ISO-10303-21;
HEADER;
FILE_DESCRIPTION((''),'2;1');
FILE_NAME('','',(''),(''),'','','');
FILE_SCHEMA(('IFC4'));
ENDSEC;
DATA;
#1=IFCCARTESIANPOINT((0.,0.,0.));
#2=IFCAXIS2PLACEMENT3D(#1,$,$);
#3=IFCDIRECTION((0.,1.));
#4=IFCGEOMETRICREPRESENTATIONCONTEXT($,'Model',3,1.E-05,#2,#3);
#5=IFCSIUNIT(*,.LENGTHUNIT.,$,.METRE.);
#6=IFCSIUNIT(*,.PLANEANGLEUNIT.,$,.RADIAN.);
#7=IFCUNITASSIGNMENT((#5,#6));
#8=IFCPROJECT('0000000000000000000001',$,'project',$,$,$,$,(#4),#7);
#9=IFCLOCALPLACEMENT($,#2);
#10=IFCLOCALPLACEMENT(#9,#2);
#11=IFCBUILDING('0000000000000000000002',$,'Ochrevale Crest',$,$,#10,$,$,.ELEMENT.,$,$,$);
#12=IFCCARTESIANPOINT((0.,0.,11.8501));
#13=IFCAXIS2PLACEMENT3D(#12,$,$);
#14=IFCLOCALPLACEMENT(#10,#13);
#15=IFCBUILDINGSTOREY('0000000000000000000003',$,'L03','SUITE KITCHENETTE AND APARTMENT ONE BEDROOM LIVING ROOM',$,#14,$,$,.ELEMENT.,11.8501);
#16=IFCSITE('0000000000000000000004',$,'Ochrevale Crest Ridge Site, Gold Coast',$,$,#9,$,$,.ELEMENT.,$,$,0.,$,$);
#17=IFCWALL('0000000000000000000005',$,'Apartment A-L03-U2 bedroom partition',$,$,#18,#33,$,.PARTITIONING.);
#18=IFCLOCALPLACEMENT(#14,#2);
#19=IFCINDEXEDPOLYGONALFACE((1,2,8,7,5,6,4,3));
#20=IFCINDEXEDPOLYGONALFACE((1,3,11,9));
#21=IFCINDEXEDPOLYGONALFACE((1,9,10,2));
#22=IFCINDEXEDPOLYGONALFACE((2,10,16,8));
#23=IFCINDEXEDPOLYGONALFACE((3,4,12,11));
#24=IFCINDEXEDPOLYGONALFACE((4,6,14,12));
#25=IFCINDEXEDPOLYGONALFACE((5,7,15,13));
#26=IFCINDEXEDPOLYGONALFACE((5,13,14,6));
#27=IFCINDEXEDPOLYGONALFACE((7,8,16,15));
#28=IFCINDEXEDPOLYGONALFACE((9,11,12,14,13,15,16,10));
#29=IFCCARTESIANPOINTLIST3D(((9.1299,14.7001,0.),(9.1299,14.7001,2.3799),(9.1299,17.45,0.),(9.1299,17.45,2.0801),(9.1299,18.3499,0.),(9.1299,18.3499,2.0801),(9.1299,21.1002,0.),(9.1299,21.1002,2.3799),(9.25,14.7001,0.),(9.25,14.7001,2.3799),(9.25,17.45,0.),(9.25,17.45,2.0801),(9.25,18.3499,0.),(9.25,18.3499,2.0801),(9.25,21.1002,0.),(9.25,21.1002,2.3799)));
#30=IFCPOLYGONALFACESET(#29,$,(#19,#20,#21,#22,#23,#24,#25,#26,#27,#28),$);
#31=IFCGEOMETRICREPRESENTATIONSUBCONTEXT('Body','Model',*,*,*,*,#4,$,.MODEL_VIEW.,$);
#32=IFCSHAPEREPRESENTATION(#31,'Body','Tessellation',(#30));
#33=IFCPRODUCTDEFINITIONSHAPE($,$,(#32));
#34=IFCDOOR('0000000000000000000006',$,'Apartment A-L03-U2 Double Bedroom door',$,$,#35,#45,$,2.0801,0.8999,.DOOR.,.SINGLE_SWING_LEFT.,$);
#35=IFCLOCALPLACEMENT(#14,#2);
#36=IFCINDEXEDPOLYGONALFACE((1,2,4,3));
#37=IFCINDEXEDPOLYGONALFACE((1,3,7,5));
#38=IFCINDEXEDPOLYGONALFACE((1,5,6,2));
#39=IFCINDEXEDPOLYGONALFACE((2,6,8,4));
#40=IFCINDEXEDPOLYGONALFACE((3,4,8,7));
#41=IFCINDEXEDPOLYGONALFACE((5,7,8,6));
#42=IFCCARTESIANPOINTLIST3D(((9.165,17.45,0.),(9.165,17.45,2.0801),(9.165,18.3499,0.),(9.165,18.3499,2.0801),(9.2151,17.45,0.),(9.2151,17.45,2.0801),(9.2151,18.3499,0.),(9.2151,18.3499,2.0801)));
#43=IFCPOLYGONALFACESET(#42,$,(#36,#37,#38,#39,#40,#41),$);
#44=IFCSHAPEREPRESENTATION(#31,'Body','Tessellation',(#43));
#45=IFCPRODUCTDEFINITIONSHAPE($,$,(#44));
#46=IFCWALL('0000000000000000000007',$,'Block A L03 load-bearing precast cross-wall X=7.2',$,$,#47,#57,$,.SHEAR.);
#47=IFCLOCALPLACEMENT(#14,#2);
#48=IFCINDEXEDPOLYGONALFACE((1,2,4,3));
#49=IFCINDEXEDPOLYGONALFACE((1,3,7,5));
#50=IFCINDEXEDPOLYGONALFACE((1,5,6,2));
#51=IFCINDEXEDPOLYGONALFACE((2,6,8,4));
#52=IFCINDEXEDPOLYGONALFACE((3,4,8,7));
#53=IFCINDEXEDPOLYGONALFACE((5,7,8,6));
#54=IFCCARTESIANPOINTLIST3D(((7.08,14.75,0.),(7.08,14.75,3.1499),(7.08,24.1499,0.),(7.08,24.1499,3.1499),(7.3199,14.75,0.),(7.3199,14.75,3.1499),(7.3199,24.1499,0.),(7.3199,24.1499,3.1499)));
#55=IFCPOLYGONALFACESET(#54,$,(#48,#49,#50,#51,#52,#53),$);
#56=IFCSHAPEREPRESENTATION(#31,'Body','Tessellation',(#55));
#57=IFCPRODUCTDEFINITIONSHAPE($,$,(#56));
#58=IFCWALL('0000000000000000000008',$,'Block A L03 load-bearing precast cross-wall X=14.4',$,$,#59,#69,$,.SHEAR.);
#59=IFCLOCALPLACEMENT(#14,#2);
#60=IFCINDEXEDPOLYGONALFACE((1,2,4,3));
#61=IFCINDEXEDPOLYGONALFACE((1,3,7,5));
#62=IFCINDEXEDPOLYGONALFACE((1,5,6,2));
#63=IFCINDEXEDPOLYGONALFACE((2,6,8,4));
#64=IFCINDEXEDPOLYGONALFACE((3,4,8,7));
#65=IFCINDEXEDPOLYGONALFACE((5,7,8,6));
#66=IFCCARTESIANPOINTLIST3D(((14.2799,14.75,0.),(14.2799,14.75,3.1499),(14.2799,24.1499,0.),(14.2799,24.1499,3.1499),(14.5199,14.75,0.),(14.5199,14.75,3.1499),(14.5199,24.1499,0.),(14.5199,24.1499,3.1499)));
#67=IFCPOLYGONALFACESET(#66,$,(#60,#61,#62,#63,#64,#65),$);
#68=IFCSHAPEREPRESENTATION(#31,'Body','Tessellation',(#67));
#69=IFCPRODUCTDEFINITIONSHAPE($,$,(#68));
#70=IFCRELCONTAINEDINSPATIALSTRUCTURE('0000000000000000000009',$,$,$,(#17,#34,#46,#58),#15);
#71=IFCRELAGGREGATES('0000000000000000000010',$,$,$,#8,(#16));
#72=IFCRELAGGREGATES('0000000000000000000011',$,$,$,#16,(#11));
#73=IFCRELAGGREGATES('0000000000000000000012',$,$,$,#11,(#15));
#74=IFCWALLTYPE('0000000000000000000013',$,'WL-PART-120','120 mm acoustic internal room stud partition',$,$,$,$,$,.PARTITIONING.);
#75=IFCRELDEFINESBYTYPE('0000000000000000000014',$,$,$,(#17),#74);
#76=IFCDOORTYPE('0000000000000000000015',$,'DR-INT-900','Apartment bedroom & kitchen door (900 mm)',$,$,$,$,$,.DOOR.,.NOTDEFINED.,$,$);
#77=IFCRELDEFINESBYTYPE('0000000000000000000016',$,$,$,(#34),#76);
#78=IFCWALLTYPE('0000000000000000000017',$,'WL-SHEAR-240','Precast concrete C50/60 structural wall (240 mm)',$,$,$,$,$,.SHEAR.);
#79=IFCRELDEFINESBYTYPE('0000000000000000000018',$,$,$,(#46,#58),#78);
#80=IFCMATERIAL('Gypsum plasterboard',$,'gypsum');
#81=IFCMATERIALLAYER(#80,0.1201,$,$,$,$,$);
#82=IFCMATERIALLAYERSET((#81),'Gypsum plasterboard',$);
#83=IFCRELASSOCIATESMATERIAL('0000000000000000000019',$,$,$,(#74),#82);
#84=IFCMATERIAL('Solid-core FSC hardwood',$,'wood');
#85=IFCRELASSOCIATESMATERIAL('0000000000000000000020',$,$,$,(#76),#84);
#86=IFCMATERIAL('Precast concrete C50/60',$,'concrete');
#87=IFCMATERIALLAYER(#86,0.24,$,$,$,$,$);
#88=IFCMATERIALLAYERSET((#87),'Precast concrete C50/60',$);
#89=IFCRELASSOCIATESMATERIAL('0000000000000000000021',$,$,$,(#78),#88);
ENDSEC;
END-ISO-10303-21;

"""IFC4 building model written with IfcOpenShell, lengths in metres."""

from ifc_helpers import new_model, si_unit, direction, frame, frame_2d, origin, place, context, subcontext, project, spatial, rectangle, extrude, material, layer, layer_set, type_object, element, fill, save


model = new_model("IFC4")

# Units and contexts
model_context = context("Model", 3, precision=1e-05, world=origin(), true_north=direction((0.0, 1.0)))
body_context = subcontext(model_context, "Body", "Model", "MODEL_VIEW")
ifc_project = project(units=[si_unit("LENGTHUNIT", "METRE"), si_unit("PLANEANGLEUNIT", "RADIAN")], contexts=[model_context])

# Site, building, storey
site_placement = place(None, origin())
site = spatial("IfcSite", under=ifc_project, at=site_placement, Name="Ochrevale Crest Ridge Site, Gold Coast", CompositionType="ELEMENT", RefElevation=0.0)
building_placement = place(site_placement, origin())
building = spatial("IfcBuilding", under=site, at=building_placement, Name="Ochrevale Crest", CompositionType="ELEMENT")
storey_placement = place(building_placement, frame((0.0, 0.0, 11.8501)))
storey = spatial("IfcBuildingStorey", under=building, at=storey_placement, Name="L03", Description="SUITE KITCHENETTE AND APARTMENT ONE BEDROOM LIVING ROOM", CompositionType="ELEMENT", Elevation=11.8501)

# Shared definitions
ifc_material_1 = material(Name="Precast concrete C50/60", Category="concrete")

# Wall, opening, door
ifc_material_2 = material(Name="Gypsum plasterboard", Category="gypsum")
ifc_layer_1 = layer(ifc_material_2, 0.1201)
ifc_layer_set_1 = layer_set([ifc_layer_1], Name="Gypsum plasterboard")
wall_type_1 = type_object("IfcWallType", Name="WL-PART-120", Description="120 mm acoustic internal room stud partition", PredefinedType="PARTITIONING", material=ifc_layer_set_1)
wall_placement = place(storey_placement, frame((9.1899, 14.7, 0.0), z_axis=(0.0, 0.0, 1.0), x_axis=(0.0, 1.0, 0.0)))
wall = element("IfcWall", 1, at=wall_placement, inside=storey, type_object=wall_type_1, Name="Apartment A-L03-U2 bedroom partition", PredefinedType="PARTITIONING", context=body_context, shape_type="SweptSolid", body=[
    extrude(rectangle(XDim=6.4001, YDim=0.1201, at=frame_2d((3.2002, 0.0))), origin(), (0.0, 0.0, 1.0), 2.3799),
])
opening_placement = place(wall_placement, frame((2.75, 0.0, 0.0)))
opening = element("IfcOpeningElement", 2, at=opening_placement, cuts=wall, PredefinedType="OPENING", context=body_context, shape_type="SweptSolid", body=[
    extrude(rectangle(XDim=0.8999, YDim=2.0801, at=frame_2d((0.45, 1.04))), frame((0.0, 0.0701, 0.0), z_axis=(0.0, -1.0, 0.0), x_axis=(1.0, 0.0, 0.0)), (0.0, 0.0, 1.0), 0.1401),
])
ifc_material_3 = material(Name="Solid-core FSC hardwood", Category="wood")
door_type = type_object("IfcDoorType", Name="DR-INT-900", Description="Apartment bedroom & kitchen door (900 mm)", OperationType="NOTDEFINED", PredefinedType="DOOR", material=ifc_material_3)
door_placement = place(opening_placement, origin())
door = element("IfcDoor", 3, at=door_placement, inside=storey, type_object=door_type, Name="Apartment A-L03-U2 Double Bedroom door", OperationType="SINGLE_SWING_LEFT", OverallHeight=2.0801, OverallWidth=0.8999, PredefinedType="DOOR", context=body_context, shape_type="SweptSolid", body=[
    extrude(rectangle(XDim=0.8999, YDim=2.0801, at=frame_2d((0.45, 1.04))), frame((0.0, 0.0249, 0.0), z_axis=(0.0, -1.0, 0.0), x_axis=(1.0, 0.0, 0.0)), (0.0, 0.0, 1.0), 0.05),
])
fill(opening, door)

# Walls
ifc_layer_2 = layer(ifc_material_1, 0.24)
ifc_layer_set_2 = layer_set([ifc_layer_2], Name="Precast concrete C50/60")
wall_type_2 = type_object("IfcWallType", Name="WL-SHEAR-240", Description="Precast concrete C50/60 structural wall (240 mm)", PredefinedType="SHEAR", material=ifc_layer_set_2)
for number, where, z_axis, x_axis, name in (
    (4, (7.2, 14.75, 0.0), (0.0, 0.0, 1.0), (0.0, 1.0, 0.0), "Block A L03 load-bearing precast cross-wall X=7.2"),
    (5, (14.3999, 14.75, 0.0), (0.0, 0.0, 1.0), (0.0, 1.0, 0.0), "Block A L03 load-bearing precast cross-wall X=14.4"),
):
    element("IfcWall", number, at=place(storey_placement, frame(where, z_axis=z_axis, x_axis=x_axis)), inside=storey, type_object=wall_type_2, Name=name, PredefinedType="SHEAR", context=body_context, shape_type="SweptSolid", body=[
        extrude(rectangle(XDim=9.3999, YDim=0.24, at=frame_2d((4.7, 0.0))), origin(), (0.0, 0.0, 1.0), 3.1499),
    ])

save(model, "model.ifc")
